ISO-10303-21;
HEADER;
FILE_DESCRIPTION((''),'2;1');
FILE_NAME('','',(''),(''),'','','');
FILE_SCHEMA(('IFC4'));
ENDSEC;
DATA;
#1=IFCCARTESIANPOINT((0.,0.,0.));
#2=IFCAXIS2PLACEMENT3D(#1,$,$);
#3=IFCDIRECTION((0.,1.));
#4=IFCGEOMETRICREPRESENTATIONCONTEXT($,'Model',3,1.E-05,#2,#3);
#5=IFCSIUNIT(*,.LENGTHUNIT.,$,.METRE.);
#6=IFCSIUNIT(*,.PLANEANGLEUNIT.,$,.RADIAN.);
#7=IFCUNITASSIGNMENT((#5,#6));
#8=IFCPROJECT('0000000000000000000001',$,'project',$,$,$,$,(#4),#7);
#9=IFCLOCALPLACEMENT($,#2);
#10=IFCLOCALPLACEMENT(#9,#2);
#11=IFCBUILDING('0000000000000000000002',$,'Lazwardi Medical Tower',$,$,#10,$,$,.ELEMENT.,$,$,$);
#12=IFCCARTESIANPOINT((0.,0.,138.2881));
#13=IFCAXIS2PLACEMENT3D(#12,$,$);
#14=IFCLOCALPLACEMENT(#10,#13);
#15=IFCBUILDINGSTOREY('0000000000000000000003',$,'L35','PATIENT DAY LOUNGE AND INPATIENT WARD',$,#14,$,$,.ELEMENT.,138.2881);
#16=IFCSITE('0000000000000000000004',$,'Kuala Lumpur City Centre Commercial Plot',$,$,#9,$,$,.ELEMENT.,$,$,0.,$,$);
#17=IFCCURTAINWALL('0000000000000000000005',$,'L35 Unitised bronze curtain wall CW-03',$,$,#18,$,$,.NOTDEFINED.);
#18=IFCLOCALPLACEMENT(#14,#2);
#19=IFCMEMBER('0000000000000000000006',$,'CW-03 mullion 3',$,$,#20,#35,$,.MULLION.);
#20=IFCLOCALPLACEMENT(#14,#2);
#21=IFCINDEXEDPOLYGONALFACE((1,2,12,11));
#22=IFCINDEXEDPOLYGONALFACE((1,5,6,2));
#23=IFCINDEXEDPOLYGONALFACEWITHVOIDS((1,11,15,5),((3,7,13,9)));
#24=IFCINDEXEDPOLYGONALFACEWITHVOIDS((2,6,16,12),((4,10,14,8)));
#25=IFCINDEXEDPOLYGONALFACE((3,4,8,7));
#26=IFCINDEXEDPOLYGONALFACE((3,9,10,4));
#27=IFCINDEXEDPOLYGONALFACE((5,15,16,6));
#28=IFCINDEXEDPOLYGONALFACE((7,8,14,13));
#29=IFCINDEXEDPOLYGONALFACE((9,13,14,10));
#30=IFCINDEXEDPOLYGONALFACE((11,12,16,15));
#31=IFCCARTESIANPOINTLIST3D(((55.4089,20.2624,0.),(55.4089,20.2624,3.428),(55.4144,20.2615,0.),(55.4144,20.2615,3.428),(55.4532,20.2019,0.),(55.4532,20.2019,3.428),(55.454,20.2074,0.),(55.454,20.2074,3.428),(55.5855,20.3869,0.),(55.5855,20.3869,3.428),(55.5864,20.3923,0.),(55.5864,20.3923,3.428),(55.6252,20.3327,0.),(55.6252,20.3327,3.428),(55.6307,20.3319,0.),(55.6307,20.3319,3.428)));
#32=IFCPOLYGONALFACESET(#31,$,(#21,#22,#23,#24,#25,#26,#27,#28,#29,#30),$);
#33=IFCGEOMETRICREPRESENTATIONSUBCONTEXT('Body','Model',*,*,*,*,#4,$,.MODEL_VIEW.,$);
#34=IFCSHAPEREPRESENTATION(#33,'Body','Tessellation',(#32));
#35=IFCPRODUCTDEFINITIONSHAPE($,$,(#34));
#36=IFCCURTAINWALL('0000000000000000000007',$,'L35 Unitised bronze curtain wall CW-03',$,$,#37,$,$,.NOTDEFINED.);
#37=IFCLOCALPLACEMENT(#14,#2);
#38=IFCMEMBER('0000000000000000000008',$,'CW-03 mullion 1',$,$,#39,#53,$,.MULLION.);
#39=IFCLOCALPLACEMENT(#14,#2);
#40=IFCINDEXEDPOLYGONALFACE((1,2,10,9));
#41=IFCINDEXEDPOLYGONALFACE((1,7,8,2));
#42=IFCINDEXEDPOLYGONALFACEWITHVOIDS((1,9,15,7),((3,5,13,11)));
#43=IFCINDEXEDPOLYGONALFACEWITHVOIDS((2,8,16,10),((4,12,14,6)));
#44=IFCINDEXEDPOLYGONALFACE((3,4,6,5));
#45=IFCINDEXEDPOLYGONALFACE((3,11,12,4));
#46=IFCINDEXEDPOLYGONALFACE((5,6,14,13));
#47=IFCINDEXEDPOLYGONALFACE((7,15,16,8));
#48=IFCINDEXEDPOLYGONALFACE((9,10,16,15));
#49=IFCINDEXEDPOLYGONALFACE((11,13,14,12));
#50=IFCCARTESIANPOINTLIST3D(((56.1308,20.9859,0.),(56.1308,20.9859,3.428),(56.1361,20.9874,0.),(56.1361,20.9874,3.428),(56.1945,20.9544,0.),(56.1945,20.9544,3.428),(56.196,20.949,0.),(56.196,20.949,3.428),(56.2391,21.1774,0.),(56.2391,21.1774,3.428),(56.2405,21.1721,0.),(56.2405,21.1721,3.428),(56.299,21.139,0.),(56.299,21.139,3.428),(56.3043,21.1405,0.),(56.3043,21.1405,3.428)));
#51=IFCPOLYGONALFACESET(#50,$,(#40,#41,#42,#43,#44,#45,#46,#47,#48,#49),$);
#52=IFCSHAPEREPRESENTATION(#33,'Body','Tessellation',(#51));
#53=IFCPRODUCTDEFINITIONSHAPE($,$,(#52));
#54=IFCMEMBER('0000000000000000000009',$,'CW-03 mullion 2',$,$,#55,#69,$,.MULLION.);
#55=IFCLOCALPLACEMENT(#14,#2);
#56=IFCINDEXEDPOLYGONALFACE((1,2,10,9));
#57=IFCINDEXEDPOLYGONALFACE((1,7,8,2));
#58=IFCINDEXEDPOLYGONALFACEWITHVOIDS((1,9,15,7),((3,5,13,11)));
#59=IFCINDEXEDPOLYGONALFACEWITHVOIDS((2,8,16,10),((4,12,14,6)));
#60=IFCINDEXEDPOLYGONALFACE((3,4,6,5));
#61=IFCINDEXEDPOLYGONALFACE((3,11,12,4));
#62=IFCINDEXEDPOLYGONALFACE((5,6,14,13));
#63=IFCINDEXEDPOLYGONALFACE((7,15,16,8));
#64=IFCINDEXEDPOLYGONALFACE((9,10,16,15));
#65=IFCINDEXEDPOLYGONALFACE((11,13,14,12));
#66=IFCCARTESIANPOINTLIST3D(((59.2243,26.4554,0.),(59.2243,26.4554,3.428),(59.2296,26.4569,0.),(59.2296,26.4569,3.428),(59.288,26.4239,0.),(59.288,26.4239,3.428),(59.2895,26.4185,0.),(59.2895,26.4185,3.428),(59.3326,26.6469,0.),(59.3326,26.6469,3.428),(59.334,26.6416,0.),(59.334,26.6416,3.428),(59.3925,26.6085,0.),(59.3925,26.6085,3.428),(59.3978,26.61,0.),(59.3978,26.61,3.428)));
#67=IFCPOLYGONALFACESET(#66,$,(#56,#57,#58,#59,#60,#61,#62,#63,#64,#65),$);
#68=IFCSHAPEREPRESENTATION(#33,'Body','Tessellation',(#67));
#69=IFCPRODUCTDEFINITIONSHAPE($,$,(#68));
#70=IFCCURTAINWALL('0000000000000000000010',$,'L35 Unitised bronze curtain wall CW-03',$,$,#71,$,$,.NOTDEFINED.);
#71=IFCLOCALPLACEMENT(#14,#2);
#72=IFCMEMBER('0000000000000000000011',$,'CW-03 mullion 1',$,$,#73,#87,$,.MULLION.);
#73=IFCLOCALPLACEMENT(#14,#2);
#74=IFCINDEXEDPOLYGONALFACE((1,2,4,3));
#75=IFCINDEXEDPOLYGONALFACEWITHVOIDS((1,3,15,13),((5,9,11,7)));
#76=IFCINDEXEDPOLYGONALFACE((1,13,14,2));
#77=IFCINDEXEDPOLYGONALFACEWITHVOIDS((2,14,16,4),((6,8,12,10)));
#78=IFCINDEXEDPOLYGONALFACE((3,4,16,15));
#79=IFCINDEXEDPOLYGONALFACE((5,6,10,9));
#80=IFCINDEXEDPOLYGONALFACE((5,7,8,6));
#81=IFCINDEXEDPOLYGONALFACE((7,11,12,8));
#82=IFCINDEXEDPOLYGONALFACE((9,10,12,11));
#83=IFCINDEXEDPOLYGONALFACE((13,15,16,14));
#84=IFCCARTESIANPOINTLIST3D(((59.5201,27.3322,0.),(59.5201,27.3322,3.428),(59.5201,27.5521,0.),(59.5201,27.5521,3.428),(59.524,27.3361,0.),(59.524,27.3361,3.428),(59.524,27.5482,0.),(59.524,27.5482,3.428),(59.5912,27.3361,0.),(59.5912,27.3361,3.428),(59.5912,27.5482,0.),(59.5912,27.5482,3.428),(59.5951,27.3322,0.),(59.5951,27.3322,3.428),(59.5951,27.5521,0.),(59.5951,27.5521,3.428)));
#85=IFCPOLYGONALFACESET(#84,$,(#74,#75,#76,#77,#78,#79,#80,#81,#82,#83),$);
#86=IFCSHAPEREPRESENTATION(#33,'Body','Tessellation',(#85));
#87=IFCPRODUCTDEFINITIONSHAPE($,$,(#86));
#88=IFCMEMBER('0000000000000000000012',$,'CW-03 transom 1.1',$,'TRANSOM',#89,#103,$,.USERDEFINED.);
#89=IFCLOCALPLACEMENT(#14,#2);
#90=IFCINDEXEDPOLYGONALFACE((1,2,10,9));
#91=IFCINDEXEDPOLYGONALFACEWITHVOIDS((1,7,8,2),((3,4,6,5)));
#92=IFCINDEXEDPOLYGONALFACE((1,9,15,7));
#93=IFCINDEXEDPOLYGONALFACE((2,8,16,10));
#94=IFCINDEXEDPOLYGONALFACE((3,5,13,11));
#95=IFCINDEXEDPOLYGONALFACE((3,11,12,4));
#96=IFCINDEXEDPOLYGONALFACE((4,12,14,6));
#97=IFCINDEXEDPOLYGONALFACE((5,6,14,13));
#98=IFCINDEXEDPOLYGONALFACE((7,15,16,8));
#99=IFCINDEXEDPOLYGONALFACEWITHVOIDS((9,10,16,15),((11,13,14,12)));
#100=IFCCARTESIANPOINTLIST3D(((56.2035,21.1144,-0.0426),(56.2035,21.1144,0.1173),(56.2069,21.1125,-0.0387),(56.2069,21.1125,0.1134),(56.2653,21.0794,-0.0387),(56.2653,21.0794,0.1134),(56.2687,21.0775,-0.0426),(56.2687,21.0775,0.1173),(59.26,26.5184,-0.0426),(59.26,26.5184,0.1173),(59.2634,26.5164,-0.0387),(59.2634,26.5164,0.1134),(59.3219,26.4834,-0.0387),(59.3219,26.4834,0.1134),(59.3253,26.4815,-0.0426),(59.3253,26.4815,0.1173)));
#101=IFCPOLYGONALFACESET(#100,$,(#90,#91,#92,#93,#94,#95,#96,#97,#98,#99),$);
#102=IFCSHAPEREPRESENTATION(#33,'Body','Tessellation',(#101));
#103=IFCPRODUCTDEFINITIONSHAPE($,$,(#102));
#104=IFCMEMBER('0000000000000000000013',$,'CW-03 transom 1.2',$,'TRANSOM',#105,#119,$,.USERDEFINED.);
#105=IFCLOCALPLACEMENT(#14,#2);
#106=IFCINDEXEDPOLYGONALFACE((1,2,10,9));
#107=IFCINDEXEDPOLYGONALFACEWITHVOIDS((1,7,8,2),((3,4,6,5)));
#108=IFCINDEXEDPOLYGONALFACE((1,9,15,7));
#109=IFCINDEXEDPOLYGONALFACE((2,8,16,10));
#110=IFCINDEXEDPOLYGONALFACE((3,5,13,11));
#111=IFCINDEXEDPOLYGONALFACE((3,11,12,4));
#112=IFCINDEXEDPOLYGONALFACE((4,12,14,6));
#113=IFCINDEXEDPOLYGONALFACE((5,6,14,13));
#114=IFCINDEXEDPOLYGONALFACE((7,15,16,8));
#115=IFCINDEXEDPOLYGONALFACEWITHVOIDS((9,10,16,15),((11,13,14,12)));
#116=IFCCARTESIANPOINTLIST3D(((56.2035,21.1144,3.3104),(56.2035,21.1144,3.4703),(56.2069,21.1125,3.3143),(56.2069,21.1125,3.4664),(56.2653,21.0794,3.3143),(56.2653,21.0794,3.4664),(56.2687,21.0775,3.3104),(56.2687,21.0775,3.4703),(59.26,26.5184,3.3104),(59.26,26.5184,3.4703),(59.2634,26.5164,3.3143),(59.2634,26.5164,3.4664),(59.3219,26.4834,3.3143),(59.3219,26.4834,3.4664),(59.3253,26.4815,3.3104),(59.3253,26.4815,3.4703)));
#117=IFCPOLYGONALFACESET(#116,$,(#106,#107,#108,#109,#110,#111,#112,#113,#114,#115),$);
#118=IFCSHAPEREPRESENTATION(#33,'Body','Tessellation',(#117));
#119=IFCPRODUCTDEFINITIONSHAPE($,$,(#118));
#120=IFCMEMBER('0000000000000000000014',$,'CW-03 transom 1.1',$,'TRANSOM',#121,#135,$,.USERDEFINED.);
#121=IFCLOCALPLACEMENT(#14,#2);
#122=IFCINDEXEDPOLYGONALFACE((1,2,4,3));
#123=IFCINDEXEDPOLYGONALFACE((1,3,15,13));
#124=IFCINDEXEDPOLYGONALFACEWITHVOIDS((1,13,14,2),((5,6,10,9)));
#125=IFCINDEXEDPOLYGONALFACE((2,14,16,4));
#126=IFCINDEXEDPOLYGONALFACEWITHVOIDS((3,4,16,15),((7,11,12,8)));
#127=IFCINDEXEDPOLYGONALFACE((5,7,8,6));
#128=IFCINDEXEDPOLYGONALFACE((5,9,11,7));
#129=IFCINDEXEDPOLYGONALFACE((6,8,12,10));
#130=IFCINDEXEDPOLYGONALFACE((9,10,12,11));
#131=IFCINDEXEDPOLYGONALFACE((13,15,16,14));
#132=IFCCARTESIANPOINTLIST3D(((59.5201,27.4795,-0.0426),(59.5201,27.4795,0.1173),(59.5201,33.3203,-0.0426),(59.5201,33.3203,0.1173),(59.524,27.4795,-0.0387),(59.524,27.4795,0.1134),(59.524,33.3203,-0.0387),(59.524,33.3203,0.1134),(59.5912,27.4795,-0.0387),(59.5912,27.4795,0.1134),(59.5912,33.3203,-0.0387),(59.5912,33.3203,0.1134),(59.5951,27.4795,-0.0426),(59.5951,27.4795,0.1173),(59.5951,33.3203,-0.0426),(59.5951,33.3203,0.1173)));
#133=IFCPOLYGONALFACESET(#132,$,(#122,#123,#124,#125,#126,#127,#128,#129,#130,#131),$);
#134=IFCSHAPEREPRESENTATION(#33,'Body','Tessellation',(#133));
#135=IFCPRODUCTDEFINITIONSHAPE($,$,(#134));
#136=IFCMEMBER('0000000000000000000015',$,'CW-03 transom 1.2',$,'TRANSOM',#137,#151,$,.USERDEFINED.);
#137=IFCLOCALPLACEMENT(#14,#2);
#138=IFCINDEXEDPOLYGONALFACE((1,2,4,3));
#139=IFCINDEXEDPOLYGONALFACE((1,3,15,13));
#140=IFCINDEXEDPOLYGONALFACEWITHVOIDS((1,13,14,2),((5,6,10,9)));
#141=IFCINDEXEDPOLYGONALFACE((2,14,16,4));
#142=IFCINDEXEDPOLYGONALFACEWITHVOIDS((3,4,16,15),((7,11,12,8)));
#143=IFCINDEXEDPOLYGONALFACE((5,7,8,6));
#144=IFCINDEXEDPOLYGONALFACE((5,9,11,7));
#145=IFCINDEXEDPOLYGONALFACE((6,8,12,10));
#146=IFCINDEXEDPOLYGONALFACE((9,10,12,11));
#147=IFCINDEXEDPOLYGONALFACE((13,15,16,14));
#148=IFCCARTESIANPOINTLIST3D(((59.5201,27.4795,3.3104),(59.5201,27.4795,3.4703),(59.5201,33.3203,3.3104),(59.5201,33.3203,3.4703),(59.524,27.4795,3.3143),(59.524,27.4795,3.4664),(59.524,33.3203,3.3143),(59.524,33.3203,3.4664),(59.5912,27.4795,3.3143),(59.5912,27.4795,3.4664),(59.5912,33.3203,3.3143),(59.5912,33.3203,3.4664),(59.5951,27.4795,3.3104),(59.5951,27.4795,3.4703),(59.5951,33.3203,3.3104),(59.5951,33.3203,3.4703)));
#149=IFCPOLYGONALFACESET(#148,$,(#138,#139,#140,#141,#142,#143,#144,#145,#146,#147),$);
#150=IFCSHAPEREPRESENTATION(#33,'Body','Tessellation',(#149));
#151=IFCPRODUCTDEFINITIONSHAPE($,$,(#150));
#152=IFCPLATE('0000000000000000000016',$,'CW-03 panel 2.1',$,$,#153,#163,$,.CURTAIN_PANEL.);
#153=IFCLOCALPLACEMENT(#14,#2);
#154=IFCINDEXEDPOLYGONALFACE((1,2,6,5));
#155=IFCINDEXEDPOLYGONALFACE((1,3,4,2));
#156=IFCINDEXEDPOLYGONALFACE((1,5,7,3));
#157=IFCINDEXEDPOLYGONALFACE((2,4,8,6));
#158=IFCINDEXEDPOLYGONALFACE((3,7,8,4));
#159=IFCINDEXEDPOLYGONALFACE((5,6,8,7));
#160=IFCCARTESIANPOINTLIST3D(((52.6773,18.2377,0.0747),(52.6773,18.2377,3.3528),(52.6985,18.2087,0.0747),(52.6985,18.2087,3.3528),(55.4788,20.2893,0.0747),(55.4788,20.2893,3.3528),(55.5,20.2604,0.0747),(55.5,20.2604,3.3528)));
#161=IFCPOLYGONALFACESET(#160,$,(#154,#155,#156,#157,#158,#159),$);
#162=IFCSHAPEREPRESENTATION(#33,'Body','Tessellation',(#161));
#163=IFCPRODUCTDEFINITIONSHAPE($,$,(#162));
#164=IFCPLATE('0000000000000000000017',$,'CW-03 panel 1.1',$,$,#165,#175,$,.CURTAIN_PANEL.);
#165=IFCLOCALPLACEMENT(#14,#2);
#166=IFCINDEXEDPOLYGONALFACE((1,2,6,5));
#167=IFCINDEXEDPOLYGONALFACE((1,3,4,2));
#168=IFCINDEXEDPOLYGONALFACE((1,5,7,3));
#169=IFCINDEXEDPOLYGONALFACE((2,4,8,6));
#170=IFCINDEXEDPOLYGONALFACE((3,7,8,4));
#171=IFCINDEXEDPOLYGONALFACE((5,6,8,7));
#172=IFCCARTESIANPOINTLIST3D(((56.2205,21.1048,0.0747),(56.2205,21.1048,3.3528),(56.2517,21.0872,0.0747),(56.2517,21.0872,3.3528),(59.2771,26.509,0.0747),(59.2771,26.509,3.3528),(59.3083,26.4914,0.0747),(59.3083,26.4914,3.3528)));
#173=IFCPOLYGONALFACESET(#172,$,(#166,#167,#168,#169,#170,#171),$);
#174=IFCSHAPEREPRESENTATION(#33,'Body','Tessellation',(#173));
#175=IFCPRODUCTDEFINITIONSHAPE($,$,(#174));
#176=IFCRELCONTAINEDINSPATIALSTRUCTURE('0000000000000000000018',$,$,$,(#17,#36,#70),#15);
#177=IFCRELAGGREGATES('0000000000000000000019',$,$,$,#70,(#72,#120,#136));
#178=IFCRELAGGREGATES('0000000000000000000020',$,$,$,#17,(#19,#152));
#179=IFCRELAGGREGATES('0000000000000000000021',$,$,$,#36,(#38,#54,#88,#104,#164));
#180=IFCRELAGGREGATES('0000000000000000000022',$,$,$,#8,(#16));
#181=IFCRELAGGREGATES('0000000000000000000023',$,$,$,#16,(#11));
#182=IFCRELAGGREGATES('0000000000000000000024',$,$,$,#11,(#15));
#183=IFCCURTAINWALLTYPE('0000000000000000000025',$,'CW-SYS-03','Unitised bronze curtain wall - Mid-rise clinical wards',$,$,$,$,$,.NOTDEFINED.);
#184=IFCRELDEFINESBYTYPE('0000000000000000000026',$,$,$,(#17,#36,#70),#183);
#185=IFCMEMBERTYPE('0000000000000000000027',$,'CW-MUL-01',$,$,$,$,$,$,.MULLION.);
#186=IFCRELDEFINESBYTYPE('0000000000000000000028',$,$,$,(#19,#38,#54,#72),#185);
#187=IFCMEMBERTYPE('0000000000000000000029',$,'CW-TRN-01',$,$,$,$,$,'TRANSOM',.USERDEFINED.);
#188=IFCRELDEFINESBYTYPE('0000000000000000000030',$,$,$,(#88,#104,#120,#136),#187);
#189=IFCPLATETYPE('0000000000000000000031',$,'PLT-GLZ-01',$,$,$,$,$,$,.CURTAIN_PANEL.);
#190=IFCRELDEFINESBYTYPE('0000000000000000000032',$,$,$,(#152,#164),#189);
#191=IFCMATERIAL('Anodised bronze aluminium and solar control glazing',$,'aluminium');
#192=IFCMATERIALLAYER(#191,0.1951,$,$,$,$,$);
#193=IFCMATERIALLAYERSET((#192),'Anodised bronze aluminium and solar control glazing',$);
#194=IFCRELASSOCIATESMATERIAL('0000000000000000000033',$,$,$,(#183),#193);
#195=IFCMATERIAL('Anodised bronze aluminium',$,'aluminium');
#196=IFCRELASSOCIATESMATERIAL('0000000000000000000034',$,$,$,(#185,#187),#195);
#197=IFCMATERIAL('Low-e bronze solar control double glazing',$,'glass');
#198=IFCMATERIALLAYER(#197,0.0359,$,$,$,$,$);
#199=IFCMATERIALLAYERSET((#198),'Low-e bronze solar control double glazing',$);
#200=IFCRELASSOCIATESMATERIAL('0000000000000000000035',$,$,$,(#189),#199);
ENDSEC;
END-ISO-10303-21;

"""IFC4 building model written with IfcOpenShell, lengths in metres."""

from ifc_helpers import new_model, si_unit, direction, frame, origin, origin_2d, place, context, subcontext, project, spatial, rectangle, hollow_rectangle, extrude, material, layer, layer_set, material_profile, profile_set, type_object, element, aggregate, save


model = new_model("IFC4")

# Units and contexts
model_context = context("Model", 3, precision=1e-05, world=origin(), true_north=direction((0.0, 1.0)))
body_context = subcontext(model_context, "Body", "Model", "MODEL_VIEW")
ifc_project = project(units=[si_unit("LENGTHUNIT", "METRE"), si_unit("PLANEANGLEUNIT", "RADIAN")], contexts=[model_context])

# Site, building, storey
site_placement = place(None, origin())
site = spatial("IfcSite", under=ifc_project, at=site_placement, Name="Kuala Lumpur City Centre Commercial Plot", CompositionType="ELEMENT", RefElevation=0.0)
building_placement = place(site_placement, origin())
building = spatial("IfcBuilding", under=site, at=building_placement, Name="Lazwardi Medical Tower", CompositionType="ELEMENT")
storey_placement = place(building_placement, frame((0.0, 0.0, 138.2881)))
storey = spatial("IfcBuildingStorey", under=building, at=storey_placement, Name="L35", Description="PATIENT DAY LOUNGE AND INPATIENT WARD", CompositionType="ELEMENT", Elevation=138.2881)

# Curtain wall, member
ifc_material_1 = material(Name="Anodised bronze aluminium and solar control glazing", Category="aluminium")
ifc_layer_1 = layer(ifc_material_1, 0.1951)
ifc_layer_set_1 = layer_set([ifc_layer_1], Name="Anodised bronze aluminium and solar control glazing")
curtain_wall_type = type_object("IfcCurtainWallType", Name="CW-SYS-03", Description="Unitised bronze curtain wall - Mid-rise clinical wards", PredefinedType="NOTDEFINED", material=ifc_layer_set_1)
curtain_wall_1_placement = place(storey_placement, origin())
curtain_wall_1 = element("IfcCurtainWall", 1, at=curtain_wall_1_placement, inside=storey, type_object=curtain_wall_type, Name="L35 Unitised bronze curtain wall CW-03", PredefinedType="NOTDEFINED")
ifc_material_2 = material(Name="Anodised bronze aluminium", Category="aluminium")
ifc_material_profile_1 = material_profile(ifc_material_2, hollow_rectangle(XDim=0.075, YDim=0.22, WallThickness=0.0039, at=origin_2d()), Name="ALU-MULLION 220x75x4")
ifc_profile_set_1 = profile_set([ifc_material_profile_1], Name="Anodised bronze aluminium")
member_type_1 = type_object("IfcMemberType", Name="CW-MUL-01", PredefinedType="MULLION", material=ifc_profile_set_1)
member_1_placement = place(storey_placement, frame((55.5198, 20.2971, 0.0), z_axis=(0.0, 0.0, 1.0), x_axis=(-0.590834, 0.806793, 0.0)))
member_1 = element("IfcMember", 2, at=member_1_placement, type_object=member_type_1, Name="CW-03 mullion 3", PredefinedType="MULLION", context=body_context, shape_type="SweptSolid", body=[
    extrude(hollow_rectangle(XDim=0.075, YDim=0.22, WallThickness=0.0039, at=origin_2d()), origin(), (0.0, 0.0, 1.0), 3.428),
])

# Curtain wall, members
curtain_wall_2_placement = place(storey_placement, origin())
curtain_wall_2 = element("IfcCurtainWall", 3, at=curtain_wall_2_placement, inside=storey, type_object=curtain_wall_type, Name="L35 Unitised bronze curtain wall CW-03", PredefinedType="NOTDEFINED")
member_2_placement = place(storey_placement, frame((56.2175, 21.0632, 0.0), z_axis=(0.0, 0.0, 1.0), x_axis=(-0.870419, 0.492312, 0.0)))
member_2 = element("IfcMember", 4, at=member_2_placement, type_object=member_type_1, Name="CW-03 mullion 1", PredefinedType="MULLION", context=body_context, shape_type="SweptSolid", body=[
    extrude(hollow_rectangle(XDim=0.075, YDim=0.22, WallThickness=0.0039, at=origin_2d()), origin(), (0.0, 0.0, 1.0), 3.428),
])
member_3_placement = place(storey_placement, frame((59.311, 26.5327, 0.0), z_axis=(0.0, 0.0, 1.0), x_axis=(-0.870419, 0.492312, 0.0)))
member_3 = element("IfcMember", 5, at=member_3_placement, type_object=member_type_1, Name="CW-03 mullion 2", PredefinedType="MULLION", context=body_context, shape_type="SweptSolid", body=[
    extrude(hollow_rectangle(XDim=0.075, YDim=0.22, WallThickness=0.0039, at=origin_2d()), origin(), (0.0, 0.0, 1.0), 3.428),
])

# Curtain wall, member
curtain_wall_3_placement = place(storey_placement, origin())
curtain_wall_3 = element("IfcCurtainWall", 6, at=curtain_wall_3_placement, inside=storey, type_object=curtain_wall_type, Name="L35 Unitised bronze curtain wall CW-03", PredefinedType="NOTDEFINED")
member_4_placement = place(storey_placement, frame((59.5576, 27.4421, 0.0), z_axis=(0.0, 0.0, 1.0), x_axis=(-1.0, 0.0, 0.0)))
member_4 = element("IfcMember", 7, at=member_4_placement, type_object=member_type_1, Name="CW-03 mullion 1", PredefinedType="MULLION", context=body_context, shape_type="SweptSolid", body=[
    extrude(hollow_rectangle(XDim=0.075, YDim=0.22, WallThickness=0.0039, at=origin_2d()), origin(), (0.0, 0.0, 1.0), 3.428),
])

# Members
ifc_material_profile_2 = material_profile(ifc_material_2, hollow_rectangle(XDim=0.075, YDim=0.1599, WallThickness=0.0039, at=origin_2d()), Name="ALU-TRANSOM 160x75x4")
ifc_profile_set_2 = profile_set([ifc_material_profile_2], Name="Anodised bronze aluminium")
member_type_2 = type_object("IfcMemberType", Name="CW-TRN-01", ElementType="TRANSOM", PredefinedType="USERDEFINED", material=ifc_profile_set_2)
member_5_placement = place(storey_placement, frame((56.2361, 21.0959, 0.0374), z_axis=(0.492323, 0.870413, 0.0), x_axis=(-0.870413, 0.492323, 0.0)))
member_5 = element("IfcMember", 8, at=member_5_placement, type_object=member_type_2, Name="CW-03 transom 1.1", ObjectType="TRANSOM", PredefinedType="USERDEFINED", context=body_context, shape_type="SweptSolid", body=[
    extrude(hollow_rectangle(XDim=0.075, YDim=0.1599, WallThickness=0.0039, at=origin_2d()), origin(), (0.0, 0.0, 1.0), 6.2085),
])
member_6_placement = place(storey_placement, frame((56.2361, 21.0959, 3.3904), z_axis=(0.492323, 0.870413, 0.0), x_axis=(-0.870413, 0.492323, 0.0)))
member_6 = element("IfcMember", 9, at=member_6_placement, type_object=member_type_2, Name="CW-03 transom 1.2", ObjectType="TRANSOM", PredefinedType="USERDEFINED", context=body_context, shape_type="SweptSolid", body=[
    extrude(hollow_rectangle(XDim=0.075, YDim=0.1599, WallThickness=0.0039, at=origin_2d()), origin(), (0.0, 0.0, 1.0), 6.2085),
])
member_7_placement = place(storey_placement, frame((59.5576, 27.4795, 0.0374), z_axis=(0.0, 1.0, 0.0), x_axis=(-1.0, 0.0, 0.0)))
member_7 = element("IfcMember", 10, at=member_7_placement, type_object=member_type_2, Name="CW-03 transom 1.1", ObjectType="TRANSOM", PredefinedType="USERDEFINED", context=body_context, shape_type="SweptSolid", body=[
    extrude(hollow_rectangle(XDim=0.075, YDim=0.1599, WallThickness=0.0039, at=origin_2d()), origin(), (0.0, 0.0, 1.0), 5.8408),
])
member_8_placement = place(storey_placement, frame((59.5576, 27.4795, 3.3904), z_axis=(0.0, 1.0, 0.0), x_axis=(-1.0, 0.0, 0.0)))
member_8 = element("IfcMember", 11, at=member_8_placement, type_object=member_type_2, Name="CW-03 transom 1.2", ObjectType="TRANSOM", PredefinedType="USERDEFINED", context=body_context, shape_type="SweptSolid", body=[
    extrude(hollow_rectangle(XDim=0.075, YDim=0.1599, WallThickness=0.0039, at=origin_2d()), origin(), (0.0, 0.0, 1.0), 5.8408),
])
aggregate(curtain_wall_3, [member_4, member_7, member_8])

# Plates
ifc_material_3 = material(Name="Low-e bronze solar control double glazing", Category="glass")
ifc_layer_2 = layer(ifc_material_3, 0.0359)
ifc_layer_set_2 = layer_set([ifc_layer_2], Name="Low-e bronze solar control double glazing")
plate_type = type_object("IfcPlateType", Name="PLT-GLZ-01", PredefinedType="CURTAIN_PANEL", material=ifc_layer_set_2)
plate_1_placement = place(storey_placement, frame((54.0886, 19.249, 0.0747), z_axis=(0.0, 0.0, 1.0), x_axis=(0.806793, 0.590834, 0.0)))
plate_1 = element("IfcPlate", 12, at=plate_1_placement, type_object=plate_type, Name="CW-03 panel 2.1", PredefinedType="CURTAIN_PANEL", context=body_context, shape_type="SweptSolid", body=[
    extrude(rectangle(XDim=3.4724, YDim=0.0359, at=origin_2d()), origin(), (0.0, 0.0, 1.0), 3.2781),
])
aggregate(curtain_wall_1, [member_1, plate_1])
plate_2_placement = place(storey_placement, frame((57.7644, 23.7981, 0.0747), z_axis=(0.0, 0.0, 1.0), x_axis=(0.492312, 0.870419, 0.0)))
plate_2 = element("IfcPlate", 13, at=plate_2_placement, type_object=plate_type, Name="CW-03 panel 1.1", PredefinedType="CURTAIN_PANEL", context=body_context, shape_type="SweptSolid", body=[
    extrude(rectangle(XDim=6.2087, YDim=0.0359, at=origin_2d()), origin(), (0.0, 0.0, 1.0), 3.2781),
])
aggregate(curtain_wall_2, [member_2, member_3, member_5, member_6, plate_2])

save(model, "model.ifc")
